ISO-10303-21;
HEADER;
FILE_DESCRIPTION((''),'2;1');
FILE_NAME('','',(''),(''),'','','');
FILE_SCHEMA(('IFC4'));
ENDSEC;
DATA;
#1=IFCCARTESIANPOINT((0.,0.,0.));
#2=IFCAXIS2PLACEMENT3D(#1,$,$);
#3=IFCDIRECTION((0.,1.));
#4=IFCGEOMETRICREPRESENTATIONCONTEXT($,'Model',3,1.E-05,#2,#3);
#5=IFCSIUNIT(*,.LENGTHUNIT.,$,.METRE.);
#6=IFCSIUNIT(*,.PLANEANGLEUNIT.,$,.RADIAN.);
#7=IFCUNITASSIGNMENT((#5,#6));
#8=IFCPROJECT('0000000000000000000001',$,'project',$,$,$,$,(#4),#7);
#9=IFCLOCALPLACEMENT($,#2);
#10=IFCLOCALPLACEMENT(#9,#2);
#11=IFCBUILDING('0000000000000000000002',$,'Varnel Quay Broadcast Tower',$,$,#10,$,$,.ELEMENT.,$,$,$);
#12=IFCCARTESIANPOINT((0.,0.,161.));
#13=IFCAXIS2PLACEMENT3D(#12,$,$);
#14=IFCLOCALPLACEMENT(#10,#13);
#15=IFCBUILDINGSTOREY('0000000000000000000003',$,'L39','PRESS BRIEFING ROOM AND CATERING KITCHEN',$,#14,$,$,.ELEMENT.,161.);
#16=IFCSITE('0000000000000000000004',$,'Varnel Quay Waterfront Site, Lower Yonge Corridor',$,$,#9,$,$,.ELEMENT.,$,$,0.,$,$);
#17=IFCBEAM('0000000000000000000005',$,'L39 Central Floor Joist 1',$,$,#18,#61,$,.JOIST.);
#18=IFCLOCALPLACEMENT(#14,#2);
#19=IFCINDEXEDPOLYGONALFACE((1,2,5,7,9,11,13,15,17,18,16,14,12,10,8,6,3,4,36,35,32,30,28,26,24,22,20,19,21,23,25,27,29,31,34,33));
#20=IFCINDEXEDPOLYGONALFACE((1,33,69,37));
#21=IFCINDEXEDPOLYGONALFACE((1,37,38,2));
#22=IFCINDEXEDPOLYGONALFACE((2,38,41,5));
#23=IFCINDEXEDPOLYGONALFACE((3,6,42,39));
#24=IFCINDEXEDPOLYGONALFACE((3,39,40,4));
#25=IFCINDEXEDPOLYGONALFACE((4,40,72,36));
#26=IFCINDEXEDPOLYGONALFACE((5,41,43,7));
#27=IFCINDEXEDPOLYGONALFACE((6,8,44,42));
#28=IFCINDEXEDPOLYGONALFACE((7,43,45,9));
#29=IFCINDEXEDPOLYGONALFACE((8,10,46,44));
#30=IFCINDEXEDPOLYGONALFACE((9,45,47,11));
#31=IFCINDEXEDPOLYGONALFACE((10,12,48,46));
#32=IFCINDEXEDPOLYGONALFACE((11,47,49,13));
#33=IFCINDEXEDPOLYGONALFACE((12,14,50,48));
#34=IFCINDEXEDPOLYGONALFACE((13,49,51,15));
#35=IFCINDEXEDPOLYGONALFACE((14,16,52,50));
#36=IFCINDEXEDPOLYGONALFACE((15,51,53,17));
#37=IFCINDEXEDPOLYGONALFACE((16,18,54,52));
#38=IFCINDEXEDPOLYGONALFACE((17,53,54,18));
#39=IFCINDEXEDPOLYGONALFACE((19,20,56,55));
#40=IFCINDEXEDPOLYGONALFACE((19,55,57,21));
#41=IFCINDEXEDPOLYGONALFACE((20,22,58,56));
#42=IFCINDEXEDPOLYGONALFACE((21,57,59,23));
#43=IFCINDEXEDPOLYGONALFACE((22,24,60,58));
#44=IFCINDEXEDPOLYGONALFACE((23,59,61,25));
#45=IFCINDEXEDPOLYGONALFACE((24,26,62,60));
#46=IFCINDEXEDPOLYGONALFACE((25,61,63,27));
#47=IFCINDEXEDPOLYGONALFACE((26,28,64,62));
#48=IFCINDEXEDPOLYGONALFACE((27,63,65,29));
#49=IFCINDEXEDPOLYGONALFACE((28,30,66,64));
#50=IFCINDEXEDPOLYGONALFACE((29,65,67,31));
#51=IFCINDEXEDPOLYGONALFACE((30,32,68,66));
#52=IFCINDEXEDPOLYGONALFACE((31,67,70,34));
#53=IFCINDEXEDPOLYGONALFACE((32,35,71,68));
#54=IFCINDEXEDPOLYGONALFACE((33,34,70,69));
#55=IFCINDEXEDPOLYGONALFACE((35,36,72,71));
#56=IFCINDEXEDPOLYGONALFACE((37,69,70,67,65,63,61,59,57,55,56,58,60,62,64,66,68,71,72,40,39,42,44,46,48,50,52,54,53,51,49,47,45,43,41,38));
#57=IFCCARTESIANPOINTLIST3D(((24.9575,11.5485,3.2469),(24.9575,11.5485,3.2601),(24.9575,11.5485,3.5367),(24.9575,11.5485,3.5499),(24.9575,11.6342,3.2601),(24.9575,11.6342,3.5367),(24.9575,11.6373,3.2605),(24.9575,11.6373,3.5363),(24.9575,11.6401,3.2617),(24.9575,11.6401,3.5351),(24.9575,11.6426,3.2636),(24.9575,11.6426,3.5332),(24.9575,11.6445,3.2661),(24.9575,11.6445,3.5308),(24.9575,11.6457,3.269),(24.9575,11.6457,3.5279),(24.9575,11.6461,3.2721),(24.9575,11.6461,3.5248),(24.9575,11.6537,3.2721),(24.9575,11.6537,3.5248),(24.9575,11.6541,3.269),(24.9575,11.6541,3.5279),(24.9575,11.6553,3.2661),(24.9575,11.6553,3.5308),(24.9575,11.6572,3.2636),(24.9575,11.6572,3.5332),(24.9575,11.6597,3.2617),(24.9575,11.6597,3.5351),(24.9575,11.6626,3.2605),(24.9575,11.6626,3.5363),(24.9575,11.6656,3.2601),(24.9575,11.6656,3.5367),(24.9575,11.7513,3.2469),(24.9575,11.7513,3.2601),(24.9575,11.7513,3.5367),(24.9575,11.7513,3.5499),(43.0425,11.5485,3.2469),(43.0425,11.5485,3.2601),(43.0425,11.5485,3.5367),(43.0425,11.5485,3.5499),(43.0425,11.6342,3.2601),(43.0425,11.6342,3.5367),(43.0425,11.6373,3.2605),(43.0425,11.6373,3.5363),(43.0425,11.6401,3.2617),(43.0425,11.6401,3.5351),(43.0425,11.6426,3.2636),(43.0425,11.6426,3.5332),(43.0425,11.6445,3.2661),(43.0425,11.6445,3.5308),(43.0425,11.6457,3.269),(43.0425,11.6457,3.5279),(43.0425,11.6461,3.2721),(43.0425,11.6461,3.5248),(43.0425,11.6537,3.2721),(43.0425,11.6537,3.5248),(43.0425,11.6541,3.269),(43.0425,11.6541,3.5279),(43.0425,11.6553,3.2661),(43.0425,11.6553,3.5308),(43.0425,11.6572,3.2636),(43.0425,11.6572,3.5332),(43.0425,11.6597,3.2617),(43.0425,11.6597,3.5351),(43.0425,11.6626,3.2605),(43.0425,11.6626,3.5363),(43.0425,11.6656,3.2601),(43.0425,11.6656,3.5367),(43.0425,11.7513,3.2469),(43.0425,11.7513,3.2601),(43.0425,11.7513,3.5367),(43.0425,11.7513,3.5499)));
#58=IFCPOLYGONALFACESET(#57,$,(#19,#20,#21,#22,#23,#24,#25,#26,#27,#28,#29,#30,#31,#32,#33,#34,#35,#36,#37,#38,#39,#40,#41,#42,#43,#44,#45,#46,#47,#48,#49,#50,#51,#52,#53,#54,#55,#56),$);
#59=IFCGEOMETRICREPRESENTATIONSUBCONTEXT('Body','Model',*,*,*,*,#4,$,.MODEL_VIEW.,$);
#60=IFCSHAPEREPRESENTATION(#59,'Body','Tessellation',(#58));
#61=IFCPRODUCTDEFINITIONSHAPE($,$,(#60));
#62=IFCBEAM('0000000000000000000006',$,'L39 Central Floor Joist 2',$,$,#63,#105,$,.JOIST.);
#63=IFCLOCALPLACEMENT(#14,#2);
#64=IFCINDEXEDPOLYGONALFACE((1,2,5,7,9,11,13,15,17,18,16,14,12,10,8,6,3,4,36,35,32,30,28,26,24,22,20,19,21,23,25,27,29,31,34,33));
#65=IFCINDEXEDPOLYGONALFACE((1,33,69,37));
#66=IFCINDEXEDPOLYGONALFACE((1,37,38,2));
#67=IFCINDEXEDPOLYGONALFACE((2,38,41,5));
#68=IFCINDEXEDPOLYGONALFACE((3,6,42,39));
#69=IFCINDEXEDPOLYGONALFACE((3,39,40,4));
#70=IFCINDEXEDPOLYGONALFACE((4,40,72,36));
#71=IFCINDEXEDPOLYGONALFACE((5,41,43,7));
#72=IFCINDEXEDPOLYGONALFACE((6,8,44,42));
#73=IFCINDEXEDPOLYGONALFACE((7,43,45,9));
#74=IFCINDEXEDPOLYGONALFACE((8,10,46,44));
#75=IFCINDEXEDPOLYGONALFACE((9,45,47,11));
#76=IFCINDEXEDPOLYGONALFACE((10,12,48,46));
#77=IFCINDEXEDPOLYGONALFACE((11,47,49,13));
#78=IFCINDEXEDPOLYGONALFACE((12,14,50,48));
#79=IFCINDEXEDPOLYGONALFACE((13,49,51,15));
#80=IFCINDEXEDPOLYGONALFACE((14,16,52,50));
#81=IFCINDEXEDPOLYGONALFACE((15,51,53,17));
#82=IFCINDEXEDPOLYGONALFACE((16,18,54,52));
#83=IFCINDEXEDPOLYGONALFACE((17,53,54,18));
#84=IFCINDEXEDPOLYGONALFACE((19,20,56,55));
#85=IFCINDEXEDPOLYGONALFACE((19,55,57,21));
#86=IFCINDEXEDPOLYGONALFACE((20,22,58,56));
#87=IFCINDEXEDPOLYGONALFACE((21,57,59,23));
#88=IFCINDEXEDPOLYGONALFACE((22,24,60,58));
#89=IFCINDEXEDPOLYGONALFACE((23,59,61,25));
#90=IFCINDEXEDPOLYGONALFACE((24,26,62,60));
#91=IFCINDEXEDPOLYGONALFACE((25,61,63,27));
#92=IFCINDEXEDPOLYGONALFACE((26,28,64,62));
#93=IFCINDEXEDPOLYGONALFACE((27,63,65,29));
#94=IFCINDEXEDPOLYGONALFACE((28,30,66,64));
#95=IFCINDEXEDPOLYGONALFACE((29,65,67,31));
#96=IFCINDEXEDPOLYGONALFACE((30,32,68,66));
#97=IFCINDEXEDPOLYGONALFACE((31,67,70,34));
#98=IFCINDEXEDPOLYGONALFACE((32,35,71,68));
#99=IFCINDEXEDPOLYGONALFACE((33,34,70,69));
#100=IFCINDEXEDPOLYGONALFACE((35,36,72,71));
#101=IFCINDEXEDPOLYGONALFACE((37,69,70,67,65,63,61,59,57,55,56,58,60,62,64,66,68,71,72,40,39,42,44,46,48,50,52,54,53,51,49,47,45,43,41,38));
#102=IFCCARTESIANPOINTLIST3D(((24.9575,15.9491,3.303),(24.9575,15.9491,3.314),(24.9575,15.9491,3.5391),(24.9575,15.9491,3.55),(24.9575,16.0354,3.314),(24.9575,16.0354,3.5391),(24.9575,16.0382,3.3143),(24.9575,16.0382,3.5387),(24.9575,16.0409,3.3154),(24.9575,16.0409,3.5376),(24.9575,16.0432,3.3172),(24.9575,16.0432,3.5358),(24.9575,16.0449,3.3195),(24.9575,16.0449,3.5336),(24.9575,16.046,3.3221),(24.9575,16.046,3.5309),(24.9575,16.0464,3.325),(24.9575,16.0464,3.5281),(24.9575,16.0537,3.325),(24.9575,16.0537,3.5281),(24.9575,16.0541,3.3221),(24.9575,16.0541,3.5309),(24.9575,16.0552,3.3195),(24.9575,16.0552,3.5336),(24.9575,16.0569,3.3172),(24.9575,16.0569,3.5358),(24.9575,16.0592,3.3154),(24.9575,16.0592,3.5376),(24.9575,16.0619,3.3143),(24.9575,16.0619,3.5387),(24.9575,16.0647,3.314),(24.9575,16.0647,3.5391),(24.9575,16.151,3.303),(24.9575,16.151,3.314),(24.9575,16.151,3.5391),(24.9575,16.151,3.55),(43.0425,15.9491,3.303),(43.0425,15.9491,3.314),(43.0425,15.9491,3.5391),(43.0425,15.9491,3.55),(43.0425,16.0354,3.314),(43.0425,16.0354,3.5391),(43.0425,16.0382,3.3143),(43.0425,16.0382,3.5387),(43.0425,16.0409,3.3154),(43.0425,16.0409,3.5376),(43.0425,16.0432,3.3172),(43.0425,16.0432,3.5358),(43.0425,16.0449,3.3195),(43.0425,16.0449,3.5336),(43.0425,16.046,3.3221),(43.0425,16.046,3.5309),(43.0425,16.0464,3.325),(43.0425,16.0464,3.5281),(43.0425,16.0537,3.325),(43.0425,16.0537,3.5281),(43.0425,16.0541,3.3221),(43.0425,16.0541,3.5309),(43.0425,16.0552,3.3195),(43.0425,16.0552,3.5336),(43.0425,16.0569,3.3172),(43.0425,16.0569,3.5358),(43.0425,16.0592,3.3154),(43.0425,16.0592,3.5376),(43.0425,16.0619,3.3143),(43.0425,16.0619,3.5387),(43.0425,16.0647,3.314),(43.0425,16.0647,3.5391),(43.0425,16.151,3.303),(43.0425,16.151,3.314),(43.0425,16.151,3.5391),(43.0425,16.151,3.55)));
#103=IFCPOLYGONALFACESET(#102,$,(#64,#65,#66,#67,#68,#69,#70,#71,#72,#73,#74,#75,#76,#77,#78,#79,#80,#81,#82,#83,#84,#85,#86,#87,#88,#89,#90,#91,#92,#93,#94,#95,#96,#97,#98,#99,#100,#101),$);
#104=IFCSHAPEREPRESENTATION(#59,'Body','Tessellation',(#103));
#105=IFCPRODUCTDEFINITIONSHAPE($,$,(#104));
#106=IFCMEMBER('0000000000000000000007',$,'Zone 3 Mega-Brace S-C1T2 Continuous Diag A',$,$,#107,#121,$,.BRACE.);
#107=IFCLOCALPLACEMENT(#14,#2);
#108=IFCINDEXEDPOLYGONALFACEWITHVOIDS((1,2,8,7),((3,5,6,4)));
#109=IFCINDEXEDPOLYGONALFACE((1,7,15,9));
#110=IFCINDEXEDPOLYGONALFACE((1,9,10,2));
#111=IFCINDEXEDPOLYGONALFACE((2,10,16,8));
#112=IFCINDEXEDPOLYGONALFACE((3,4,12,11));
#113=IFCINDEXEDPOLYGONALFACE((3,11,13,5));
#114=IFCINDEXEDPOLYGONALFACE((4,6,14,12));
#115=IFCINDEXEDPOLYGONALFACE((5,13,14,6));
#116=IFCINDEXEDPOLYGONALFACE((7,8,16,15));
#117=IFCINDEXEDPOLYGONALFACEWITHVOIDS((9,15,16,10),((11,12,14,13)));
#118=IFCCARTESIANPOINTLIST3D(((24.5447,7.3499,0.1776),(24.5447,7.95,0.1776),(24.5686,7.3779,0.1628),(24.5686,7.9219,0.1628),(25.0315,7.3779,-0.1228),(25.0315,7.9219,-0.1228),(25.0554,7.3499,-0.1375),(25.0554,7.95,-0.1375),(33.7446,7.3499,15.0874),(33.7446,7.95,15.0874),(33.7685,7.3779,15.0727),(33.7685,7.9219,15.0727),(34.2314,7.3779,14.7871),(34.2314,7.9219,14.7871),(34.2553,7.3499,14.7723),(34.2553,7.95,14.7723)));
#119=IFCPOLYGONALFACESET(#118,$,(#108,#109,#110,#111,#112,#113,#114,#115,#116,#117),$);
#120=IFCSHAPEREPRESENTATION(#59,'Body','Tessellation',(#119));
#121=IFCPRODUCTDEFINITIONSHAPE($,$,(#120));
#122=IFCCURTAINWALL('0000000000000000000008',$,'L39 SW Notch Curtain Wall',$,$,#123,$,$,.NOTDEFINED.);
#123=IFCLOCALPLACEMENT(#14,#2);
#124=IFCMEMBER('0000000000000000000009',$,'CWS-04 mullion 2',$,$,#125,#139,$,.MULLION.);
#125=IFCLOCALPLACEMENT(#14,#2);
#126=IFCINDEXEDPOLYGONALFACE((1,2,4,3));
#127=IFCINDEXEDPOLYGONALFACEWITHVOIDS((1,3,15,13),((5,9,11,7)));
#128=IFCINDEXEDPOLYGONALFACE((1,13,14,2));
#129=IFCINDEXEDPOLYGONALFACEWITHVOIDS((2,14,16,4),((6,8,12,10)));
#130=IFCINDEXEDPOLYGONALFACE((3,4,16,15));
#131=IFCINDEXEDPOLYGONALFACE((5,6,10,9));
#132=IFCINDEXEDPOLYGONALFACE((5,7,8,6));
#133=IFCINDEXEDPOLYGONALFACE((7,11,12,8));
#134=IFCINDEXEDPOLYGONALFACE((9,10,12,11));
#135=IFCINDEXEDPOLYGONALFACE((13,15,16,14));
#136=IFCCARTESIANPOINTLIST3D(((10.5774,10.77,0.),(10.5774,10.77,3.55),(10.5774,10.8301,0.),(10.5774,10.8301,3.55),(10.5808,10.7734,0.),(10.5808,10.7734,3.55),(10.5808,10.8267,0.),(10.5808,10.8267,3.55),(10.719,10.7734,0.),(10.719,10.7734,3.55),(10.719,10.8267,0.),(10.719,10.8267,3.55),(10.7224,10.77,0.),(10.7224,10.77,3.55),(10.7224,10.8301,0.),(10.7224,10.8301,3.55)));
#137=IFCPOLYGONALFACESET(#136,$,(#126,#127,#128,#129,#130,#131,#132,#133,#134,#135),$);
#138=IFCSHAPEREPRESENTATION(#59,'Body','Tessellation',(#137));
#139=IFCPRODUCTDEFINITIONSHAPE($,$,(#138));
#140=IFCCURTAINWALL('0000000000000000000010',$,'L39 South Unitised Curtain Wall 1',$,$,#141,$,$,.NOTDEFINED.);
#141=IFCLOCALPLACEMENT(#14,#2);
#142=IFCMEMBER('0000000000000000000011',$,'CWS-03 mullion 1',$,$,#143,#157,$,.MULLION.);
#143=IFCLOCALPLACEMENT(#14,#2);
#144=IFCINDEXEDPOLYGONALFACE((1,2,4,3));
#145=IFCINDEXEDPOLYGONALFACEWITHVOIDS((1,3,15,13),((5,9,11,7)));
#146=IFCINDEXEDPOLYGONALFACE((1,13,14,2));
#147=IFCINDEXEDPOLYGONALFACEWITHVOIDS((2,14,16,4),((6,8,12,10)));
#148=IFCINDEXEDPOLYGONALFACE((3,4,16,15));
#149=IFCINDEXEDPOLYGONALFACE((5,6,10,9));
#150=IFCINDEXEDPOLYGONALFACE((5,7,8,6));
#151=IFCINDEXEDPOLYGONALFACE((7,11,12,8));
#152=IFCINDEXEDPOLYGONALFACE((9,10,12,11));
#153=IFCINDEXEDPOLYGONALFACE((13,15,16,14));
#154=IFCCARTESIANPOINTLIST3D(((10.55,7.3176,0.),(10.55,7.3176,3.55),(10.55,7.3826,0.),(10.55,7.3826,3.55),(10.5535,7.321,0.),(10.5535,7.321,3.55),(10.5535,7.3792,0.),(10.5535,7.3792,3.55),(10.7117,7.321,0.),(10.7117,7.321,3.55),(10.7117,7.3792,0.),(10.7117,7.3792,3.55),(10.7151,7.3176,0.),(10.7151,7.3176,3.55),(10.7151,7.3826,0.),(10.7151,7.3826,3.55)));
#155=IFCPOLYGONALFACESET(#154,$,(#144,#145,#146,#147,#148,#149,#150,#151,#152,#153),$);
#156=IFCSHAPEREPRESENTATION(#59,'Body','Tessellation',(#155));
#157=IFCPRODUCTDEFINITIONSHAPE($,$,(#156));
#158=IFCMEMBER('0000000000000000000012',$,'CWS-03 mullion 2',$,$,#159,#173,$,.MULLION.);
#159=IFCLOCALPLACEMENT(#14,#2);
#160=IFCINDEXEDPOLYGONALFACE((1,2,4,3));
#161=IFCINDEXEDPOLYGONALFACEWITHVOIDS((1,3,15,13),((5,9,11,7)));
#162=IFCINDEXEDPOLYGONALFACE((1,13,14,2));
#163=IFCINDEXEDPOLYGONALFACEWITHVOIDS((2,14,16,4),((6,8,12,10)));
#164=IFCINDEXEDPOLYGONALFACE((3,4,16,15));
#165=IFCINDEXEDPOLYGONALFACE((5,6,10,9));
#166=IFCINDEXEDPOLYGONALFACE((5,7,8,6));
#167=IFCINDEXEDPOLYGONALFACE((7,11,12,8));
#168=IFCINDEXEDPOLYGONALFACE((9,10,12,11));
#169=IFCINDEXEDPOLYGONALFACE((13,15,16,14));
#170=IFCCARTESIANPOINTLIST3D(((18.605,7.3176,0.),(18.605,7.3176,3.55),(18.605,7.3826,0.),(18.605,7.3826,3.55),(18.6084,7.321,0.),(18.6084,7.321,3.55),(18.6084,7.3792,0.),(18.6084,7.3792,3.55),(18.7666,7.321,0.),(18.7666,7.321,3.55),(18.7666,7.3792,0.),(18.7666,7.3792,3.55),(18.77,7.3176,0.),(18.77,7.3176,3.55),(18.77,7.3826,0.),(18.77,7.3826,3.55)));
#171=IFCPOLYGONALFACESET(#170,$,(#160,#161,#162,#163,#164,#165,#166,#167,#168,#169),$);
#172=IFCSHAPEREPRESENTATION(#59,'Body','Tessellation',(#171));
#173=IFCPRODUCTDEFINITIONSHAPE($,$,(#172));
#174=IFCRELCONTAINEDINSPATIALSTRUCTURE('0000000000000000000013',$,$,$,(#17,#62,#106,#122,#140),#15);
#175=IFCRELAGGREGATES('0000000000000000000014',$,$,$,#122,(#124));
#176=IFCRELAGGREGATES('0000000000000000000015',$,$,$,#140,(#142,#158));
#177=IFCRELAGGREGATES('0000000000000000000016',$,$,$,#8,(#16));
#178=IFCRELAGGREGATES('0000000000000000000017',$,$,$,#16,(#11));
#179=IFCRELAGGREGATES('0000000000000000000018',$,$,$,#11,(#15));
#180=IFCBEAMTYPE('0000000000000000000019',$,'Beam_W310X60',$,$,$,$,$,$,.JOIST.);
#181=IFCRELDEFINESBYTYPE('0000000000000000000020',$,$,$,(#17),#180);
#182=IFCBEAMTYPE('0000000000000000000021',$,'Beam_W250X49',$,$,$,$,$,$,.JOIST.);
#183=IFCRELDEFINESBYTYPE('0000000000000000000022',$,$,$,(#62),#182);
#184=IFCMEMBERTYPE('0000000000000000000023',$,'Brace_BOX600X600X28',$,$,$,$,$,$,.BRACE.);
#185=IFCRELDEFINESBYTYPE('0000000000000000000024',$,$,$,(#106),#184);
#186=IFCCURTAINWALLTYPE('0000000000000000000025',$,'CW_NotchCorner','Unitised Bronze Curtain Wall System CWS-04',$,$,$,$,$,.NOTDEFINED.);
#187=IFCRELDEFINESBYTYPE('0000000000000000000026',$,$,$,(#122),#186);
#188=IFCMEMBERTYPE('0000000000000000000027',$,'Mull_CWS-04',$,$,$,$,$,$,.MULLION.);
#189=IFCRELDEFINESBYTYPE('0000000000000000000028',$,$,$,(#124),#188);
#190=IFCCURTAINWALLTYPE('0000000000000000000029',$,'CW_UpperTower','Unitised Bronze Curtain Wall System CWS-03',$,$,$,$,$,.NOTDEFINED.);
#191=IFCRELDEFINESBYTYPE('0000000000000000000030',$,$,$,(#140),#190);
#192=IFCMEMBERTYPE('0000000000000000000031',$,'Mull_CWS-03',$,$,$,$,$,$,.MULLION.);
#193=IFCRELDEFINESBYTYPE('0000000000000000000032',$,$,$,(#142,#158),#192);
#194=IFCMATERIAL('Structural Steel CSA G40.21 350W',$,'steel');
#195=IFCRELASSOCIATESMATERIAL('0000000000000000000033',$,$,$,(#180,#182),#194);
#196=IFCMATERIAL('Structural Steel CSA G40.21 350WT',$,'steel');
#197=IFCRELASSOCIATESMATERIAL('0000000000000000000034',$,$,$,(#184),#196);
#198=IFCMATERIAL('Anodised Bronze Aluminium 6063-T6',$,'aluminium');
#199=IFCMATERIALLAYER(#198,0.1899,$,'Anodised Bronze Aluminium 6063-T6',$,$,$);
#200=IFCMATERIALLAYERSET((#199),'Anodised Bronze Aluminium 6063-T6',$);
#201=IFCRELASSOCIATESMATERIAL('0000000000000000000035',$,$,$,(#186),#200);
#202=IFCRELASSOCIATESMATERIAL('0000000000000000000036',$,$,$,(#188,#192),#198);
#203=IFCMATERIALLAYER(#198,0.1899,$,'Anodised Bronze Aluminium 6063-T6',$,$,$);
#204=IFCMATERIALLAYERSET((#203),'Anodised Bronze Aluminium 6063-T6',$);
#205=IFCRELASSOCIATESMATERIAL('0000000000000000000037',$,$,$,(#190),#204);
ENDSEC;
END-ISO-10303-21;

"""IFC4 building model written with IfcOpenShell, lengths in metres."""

from ifc_helpers import new_model, si_unit, direction, frame, origin, origin_2d, place, context, subcontext, project, spatial, hollow_rectangle, i_section, extrude, source, transform, mapped, material, layer, layer_set, material_profile, profile_set, type_object, type_shapes, element, aggregate, save


model = new_model("IFC4")

# Units and contexts
model_context = context("Model", 3, precision=1e-05, world=origin(), true_north=direction((0.0, 1.0)))
body_context = subcontext(model_context, "Body", "Model", "MODEL_VIEW")
ifc_project = project(units=[si_unit("LENGTHUNIT", "METRE"), si_unit("PLANEANGLEUNIT", "RADIAN")], contexts=[model_context])

# Site, building, storey
site_placement = place(None, origin())
site = spatial("IfcSite", under=ifc_project, at=site_placement, Name="Varnel Quay Waterfront Site, Lower Yonge Corridor", CompositionType="ELEMENT", RefElevation=0.0)
building_placement = place(site_placement, origin())
building = spatial("IfcBuilding", under=site, at=building_placement, Name="Varnel Quay Broadcast Tower", CompositionType="ELEMENT")
storey_placement = place(building_placement, frame((0.0, 0.0, 161.0)))
storey = spatial("IfcBuildingStorey", under=building, at=storey_placement, Name="L39", Description="PRESS BRIEFING ROOM AND CATERING KITCHEN", CompositionType="ELEMENT", Elevation=161.0)

# Shared definitions
ifc_material_1 = material(Name="Structural Steel CSA G40.21 350WT", Category="steel")
ifc_material_2 = material(Name="Structural Steel CSA G40.21 350W", Category="steel")

# Beams
ifc_material_profile_1 = material_profile(ifc_material_2, i_section(OverallWidth=0.2029, OverallDepth=0.303, WebThickness=0.0076, FlangeThickness=0.0132, FilletRadius=0.012, at=origin_2d()), Name="W310X60")
ifc_profile_set_1 = profile_set([ifc_material_profile_1], Name="Structural Steel CSA G40.21 350W")
beam_type_1 = type_object("IfcBeamType", Name="Beam_W310X60", PredefinedType="JOIST", material=ifc_profile_set_1)
shared_shape_1 = source(origin(), body_context, "Body", "SweptSolid", [
    extrude(i_section(OverallWidth=0.2029, OverallDepth=0.303, WebThickness=0.0076, FlangeThickness=0.0132, FilletRadius=0.012, at=origin_2d()), origin(), (0.0, 0.0, 1.0), 18.085),
])
type_shapes(beam_type_1, [shared_shape_1])
beam_1_placement = place(storey_placement, frame((24.9575, 11.6499, 3.3984), z_axis=(1.0, 0.0, 0.0), x_axis=(0.0, 1.0, 0.0)))
element("IfcBeam", 1, at=beam_1_placement, inside=storey, type_object=beam_type_1, Name="L39 Central Floor Joist 1", PredefinedType="JOIST", context=body_context, shape_type="MappedRepresentation", body=[
    mapped(shared_shape_1, transform((0.0, 0.0, 0.0), x_axis=(1.0, 0.0, 0.0), y_axis=(0.0, 1.0, 0.0), z_axis=(0.0, 0.0, 1.0), scale=1.0)),
])
ifc_material_profile_2 = material_profile(ifc_material_2, i_section(OverallWidth=0.2019, OverallDepth=0.2471, WebThickness=0.0073, FlangeThickness=0.011, FilletRadius=0.011, at=origin_2d()), Name="W250X49")
ifc_profile_set_2 = profile_set([ifc_material_profile_2], Name="Structural Steel CSA G40.21 350W")
beam_type_2 = type_object("IfcBeamType", Name="Beam_W250X49", PredefinedType="JOIST", material=ifc_profile_set_2)
shared_shape_2 = source(origin(), body_context, "Body", "SweptSolid", [
    extrude(i_section(OverallWidth=0.2019, OverallDepth=0.2471, WebThickness=0.0073, FlangeThickness=0.011, FilletRadius=0.011, at=origin_2d()), origin(), (0.0, 0.0, 1.0), 18.085),
])
type_shapes(beam_type_2, [shared_shape_2])
beam_2_placement = place(storey_placement, frame((24.9575, 16.05, 3.4265), z_axis=(1.0, 0.0, 0.0), x_axis=(0.0, 1.0, 0.0)))
element("IfcBeam", 2, at=beam_2_placement, inside=storey, type_object=beam_type_2, Name="L39 Central Floor Joist 2", PredefinedType="JOIST", context=body_context, shape_type="MappedRepresentation", body=[
    mapped(shared_shape_2, transform((0.0, 0.0, 0.0), x_axis=(1.0, 0.0, 0.0), y_axis=(0.0, 1.0, 0.0), z_axis=(0.0, 0.0, 1.0), scale=1.0)),
])

# Member
ifc_material_profile_3 = material_profile(ifc_material_1, hollow_rectangle(XDim=0.6001, YDim=0.6001, WallThickness=0.0281, at=origin_2d()), Name="BOX600X600X28")
ifc_profile_set_3 = profile_set([ifc_material_profile_3], Name="Structural Steel CSA G40.21 350WT")
member_type_1 = type_object("IfcMemberType", Name="Brace_BOX600X600X28", PredefinedType="BRACE", material=ifc_profile_set_3)
shared_shape_3 = source(origin(), body_context, "Body", "SweptSolid", [
    extrude(hollow_rectangle(XDim=0.6001, YDim=0.6001, WallThickness=0.0281, at=origin_2d()), origin(), (0.0, 0.0, 1.0), 17.5198),
])
type_shapes(member_type_1, [shared_shape_3])
member_1_placement = place(storey_placement, frame((24.8, 7.6499, 0.02), z_axis=(0.525116, 0.0, 0.85103), x_axis=(0.0, 1.0, 0.0)))
element("IfcMember", 3, at=member_1_placement, inside=storey, type_object=member_type_1, Name="Zone 3 Mega-Brace S-C1T2 Continuous Diag A", PredefinedType="BRACE", context=body_context, shape_type="MappedRepresentation", body=[
    mapped(shared_shape_3, transform((0.0, 0.0, 0.0), x_axis=(1.0, 0.0, 0.0), y_axis=(0.0, 1.0, 0.0), z_axis=(0.0, 0.0, 1.0), scale=1.0)),
])

# Curtain wall, member
ifc_material_3 = material(Name="Anodised Bronze Aluminium 6063-T6", Category="aluminium")
ifc_layer_1 = layer(ifc_material_3, 0.1899, Name="Anodised Bronze Aluminium 6063-T6")
ifc_layer_set_1 = layer_set([ifc_layer_1], Name="Anodised Bronze Aluminium 6063-T6")
curtain_wall_type_1 = type_object("IfcCurtainWallType", Name="CW_NotchCorner", Description="Unitised Bronze Curtain Wall System CWS-04", PredefinedType="NOTDEFINED", material=ifc_layer_set_1)
curtain_wall_1_placement = place(storey_placement, origin())
curtain_wall_1 = element("IfcCurtainWall", 4, at=curtain_wall_1_placement, inside=storey, type_object=curtain_wall_type_1, Name="L39 SW Notch Curtain Wall", PredefinedType="NOTDEFINED")
ifc_material_profile_4 = material_profile(ifc_material_3, hollow_rectangle(XDim=0.0601, YDim=0.145, WallThickness=0.0034, at=origin_2d()), Name="ALU60X145X3.5")
ifc_profile_set_4 = profile_set([ifc_material_profile_4], Name="Anodised Bronze Aluminium 6063-T6")
member_type_2 = type_object("IfcMemberType", Name="Mull_CWS-04", PredefinedType="MULLION", material=ifc_profile_set_4)
shared_shape_4 = source(origin(), body_context, "Body", "SweptSolid", [
    extrude(hollow_rectangle(XDim=0.0601, YDim=0.145, WallThickness=0.0034, at=origin_2d()), origin(), (0.0, 0.0, 1.0), 3.55),
])
type_shapes(member_type_2, [shared_shape_4])
member_2_placement = place(storey_placement, frame((10.6499, 10.8, 0.0), z_axis=(0.0, 0.0, 1.0), x_axis=(0.0, 1.0, 0.0)))
member_2 = element("IfcMember", 5, at=member_2_placement, type_object=member_type_2, Name="CWS-04 mullion 2", PredefinedType="MULLION", context=body_context, shape_type="MappedRepresentation", body=[
    mapped(shared_shape_4, transform((0.0, 0.0, 0.0), x_axis=(1.0, 0.0, 0.0), y_axis=(0.0, 1.0, 0.0), z_axis=(0.0, 0.0, 1.0), scale=1.0)),
])
aggregate(curtain_wall_1, [member_2])

# Curtain wall, members
ifc_layer_2 = layer(ifc_material_3, 0.1899, Name="Anodised Bronze Aluminium 6063-T6")
ifc_layer_set_2 = layer_set([ifc_layer_2], Name="Anodised Bronze Aluminium 6063-T6")
curtain_wall_type_2 = type_object("IfcCurtainWallType", Name="CW_UpperTower", Description="Unitised Bronze Curtain Wall System CWS-03", PredefinedType="NOTDEFINED", material=ifc_layer_set_2)
curtain_wall_2_placement = place(storey_placement, origin())
curtain_wall_2 = element("IfcCurtainWall", 6, at=curtain_wall_2_placement, inside=storey, type_object=curtain_wall_type_2, Name="L39 South Unitised Curtain Wall 1", PredefinedType="NOTDEFINED")
ifc_material_profile_5 = material_profile(ifc_material_3, hollow_rectangle(XDim=0.0649, YDim=0.165, WallThickness=0.0034, at=origin_2d()), Name="ALU65X165X3.5")
ifc_profile_set_5 = profile_set([ifc_material_profile_5], Name="Anodised Bronze Aluminium 6063-T6")
member_type_3 = type_object("IfcMemberType", Name="Mull_CWS-03", PredefinedType="MULLION", material=ifc_profile_set_5)
shared_shape_5 = source(origin(), body_context, "Body", "SweptSolid", [
    extrude(hollow_rectangle(XDim=0.0649, YDim=0.165, WallThickness=0.0034, at=origin_2d()), origin(), (0.0, 0.0, 1.0), 3.55),
])
type_shapes(member_type_3, [shared_shape_5])
member_3_placement = place(storey_placement, frame((10.6326, 7.3501, 0.0), z_axis=(0.0, 0.0, 1.0), x_axis=(0.0, 1.0, 0.0)))
member_3 = element("IfcMember", 7, at=member_3_placement, type_object=member_type_3, Name="CWS-03 mullion 1", PredefinedType="MULLION", context=body_context, shape_type="MappedRepresentation", body=[
    mapped(shared_shape_5, transform((0.0, 0.0, 0.0), x_axis=(1.0, 0.0, 0.0), y_axis=(0.0, 1.0, 0.0), z_axis=(0.0, 0.0, 1.0), scale=1.0)),
])
member_4_placement = place(storey_placement, frame((18.6875, 7.3501, 0.0), z_axis=(0.0, 0.0, 1.0), x_axis=(0.0, 1.0, 0.0)))
member_4 = element("IfcMember", 8, at=member_4_placement, type_object=member_type_3, Name="CWS-03 mullion 2", PredefinedType="MULLION", context=body_context, shape_type="MappedRepresentation", body=[
    mapped(shared_shape_5, transform((0.0, 0.0, 0.0), x_axis=(1.0, 0.0, 0.0), y_axis=(0.0, 1.0, 0.0), z_axis=(0.0, 0.0, 1.0), scale=1.0)),
])

aggregate(curtain_wall_2, [member_3, member_4])

save(model, "model.ifc")
